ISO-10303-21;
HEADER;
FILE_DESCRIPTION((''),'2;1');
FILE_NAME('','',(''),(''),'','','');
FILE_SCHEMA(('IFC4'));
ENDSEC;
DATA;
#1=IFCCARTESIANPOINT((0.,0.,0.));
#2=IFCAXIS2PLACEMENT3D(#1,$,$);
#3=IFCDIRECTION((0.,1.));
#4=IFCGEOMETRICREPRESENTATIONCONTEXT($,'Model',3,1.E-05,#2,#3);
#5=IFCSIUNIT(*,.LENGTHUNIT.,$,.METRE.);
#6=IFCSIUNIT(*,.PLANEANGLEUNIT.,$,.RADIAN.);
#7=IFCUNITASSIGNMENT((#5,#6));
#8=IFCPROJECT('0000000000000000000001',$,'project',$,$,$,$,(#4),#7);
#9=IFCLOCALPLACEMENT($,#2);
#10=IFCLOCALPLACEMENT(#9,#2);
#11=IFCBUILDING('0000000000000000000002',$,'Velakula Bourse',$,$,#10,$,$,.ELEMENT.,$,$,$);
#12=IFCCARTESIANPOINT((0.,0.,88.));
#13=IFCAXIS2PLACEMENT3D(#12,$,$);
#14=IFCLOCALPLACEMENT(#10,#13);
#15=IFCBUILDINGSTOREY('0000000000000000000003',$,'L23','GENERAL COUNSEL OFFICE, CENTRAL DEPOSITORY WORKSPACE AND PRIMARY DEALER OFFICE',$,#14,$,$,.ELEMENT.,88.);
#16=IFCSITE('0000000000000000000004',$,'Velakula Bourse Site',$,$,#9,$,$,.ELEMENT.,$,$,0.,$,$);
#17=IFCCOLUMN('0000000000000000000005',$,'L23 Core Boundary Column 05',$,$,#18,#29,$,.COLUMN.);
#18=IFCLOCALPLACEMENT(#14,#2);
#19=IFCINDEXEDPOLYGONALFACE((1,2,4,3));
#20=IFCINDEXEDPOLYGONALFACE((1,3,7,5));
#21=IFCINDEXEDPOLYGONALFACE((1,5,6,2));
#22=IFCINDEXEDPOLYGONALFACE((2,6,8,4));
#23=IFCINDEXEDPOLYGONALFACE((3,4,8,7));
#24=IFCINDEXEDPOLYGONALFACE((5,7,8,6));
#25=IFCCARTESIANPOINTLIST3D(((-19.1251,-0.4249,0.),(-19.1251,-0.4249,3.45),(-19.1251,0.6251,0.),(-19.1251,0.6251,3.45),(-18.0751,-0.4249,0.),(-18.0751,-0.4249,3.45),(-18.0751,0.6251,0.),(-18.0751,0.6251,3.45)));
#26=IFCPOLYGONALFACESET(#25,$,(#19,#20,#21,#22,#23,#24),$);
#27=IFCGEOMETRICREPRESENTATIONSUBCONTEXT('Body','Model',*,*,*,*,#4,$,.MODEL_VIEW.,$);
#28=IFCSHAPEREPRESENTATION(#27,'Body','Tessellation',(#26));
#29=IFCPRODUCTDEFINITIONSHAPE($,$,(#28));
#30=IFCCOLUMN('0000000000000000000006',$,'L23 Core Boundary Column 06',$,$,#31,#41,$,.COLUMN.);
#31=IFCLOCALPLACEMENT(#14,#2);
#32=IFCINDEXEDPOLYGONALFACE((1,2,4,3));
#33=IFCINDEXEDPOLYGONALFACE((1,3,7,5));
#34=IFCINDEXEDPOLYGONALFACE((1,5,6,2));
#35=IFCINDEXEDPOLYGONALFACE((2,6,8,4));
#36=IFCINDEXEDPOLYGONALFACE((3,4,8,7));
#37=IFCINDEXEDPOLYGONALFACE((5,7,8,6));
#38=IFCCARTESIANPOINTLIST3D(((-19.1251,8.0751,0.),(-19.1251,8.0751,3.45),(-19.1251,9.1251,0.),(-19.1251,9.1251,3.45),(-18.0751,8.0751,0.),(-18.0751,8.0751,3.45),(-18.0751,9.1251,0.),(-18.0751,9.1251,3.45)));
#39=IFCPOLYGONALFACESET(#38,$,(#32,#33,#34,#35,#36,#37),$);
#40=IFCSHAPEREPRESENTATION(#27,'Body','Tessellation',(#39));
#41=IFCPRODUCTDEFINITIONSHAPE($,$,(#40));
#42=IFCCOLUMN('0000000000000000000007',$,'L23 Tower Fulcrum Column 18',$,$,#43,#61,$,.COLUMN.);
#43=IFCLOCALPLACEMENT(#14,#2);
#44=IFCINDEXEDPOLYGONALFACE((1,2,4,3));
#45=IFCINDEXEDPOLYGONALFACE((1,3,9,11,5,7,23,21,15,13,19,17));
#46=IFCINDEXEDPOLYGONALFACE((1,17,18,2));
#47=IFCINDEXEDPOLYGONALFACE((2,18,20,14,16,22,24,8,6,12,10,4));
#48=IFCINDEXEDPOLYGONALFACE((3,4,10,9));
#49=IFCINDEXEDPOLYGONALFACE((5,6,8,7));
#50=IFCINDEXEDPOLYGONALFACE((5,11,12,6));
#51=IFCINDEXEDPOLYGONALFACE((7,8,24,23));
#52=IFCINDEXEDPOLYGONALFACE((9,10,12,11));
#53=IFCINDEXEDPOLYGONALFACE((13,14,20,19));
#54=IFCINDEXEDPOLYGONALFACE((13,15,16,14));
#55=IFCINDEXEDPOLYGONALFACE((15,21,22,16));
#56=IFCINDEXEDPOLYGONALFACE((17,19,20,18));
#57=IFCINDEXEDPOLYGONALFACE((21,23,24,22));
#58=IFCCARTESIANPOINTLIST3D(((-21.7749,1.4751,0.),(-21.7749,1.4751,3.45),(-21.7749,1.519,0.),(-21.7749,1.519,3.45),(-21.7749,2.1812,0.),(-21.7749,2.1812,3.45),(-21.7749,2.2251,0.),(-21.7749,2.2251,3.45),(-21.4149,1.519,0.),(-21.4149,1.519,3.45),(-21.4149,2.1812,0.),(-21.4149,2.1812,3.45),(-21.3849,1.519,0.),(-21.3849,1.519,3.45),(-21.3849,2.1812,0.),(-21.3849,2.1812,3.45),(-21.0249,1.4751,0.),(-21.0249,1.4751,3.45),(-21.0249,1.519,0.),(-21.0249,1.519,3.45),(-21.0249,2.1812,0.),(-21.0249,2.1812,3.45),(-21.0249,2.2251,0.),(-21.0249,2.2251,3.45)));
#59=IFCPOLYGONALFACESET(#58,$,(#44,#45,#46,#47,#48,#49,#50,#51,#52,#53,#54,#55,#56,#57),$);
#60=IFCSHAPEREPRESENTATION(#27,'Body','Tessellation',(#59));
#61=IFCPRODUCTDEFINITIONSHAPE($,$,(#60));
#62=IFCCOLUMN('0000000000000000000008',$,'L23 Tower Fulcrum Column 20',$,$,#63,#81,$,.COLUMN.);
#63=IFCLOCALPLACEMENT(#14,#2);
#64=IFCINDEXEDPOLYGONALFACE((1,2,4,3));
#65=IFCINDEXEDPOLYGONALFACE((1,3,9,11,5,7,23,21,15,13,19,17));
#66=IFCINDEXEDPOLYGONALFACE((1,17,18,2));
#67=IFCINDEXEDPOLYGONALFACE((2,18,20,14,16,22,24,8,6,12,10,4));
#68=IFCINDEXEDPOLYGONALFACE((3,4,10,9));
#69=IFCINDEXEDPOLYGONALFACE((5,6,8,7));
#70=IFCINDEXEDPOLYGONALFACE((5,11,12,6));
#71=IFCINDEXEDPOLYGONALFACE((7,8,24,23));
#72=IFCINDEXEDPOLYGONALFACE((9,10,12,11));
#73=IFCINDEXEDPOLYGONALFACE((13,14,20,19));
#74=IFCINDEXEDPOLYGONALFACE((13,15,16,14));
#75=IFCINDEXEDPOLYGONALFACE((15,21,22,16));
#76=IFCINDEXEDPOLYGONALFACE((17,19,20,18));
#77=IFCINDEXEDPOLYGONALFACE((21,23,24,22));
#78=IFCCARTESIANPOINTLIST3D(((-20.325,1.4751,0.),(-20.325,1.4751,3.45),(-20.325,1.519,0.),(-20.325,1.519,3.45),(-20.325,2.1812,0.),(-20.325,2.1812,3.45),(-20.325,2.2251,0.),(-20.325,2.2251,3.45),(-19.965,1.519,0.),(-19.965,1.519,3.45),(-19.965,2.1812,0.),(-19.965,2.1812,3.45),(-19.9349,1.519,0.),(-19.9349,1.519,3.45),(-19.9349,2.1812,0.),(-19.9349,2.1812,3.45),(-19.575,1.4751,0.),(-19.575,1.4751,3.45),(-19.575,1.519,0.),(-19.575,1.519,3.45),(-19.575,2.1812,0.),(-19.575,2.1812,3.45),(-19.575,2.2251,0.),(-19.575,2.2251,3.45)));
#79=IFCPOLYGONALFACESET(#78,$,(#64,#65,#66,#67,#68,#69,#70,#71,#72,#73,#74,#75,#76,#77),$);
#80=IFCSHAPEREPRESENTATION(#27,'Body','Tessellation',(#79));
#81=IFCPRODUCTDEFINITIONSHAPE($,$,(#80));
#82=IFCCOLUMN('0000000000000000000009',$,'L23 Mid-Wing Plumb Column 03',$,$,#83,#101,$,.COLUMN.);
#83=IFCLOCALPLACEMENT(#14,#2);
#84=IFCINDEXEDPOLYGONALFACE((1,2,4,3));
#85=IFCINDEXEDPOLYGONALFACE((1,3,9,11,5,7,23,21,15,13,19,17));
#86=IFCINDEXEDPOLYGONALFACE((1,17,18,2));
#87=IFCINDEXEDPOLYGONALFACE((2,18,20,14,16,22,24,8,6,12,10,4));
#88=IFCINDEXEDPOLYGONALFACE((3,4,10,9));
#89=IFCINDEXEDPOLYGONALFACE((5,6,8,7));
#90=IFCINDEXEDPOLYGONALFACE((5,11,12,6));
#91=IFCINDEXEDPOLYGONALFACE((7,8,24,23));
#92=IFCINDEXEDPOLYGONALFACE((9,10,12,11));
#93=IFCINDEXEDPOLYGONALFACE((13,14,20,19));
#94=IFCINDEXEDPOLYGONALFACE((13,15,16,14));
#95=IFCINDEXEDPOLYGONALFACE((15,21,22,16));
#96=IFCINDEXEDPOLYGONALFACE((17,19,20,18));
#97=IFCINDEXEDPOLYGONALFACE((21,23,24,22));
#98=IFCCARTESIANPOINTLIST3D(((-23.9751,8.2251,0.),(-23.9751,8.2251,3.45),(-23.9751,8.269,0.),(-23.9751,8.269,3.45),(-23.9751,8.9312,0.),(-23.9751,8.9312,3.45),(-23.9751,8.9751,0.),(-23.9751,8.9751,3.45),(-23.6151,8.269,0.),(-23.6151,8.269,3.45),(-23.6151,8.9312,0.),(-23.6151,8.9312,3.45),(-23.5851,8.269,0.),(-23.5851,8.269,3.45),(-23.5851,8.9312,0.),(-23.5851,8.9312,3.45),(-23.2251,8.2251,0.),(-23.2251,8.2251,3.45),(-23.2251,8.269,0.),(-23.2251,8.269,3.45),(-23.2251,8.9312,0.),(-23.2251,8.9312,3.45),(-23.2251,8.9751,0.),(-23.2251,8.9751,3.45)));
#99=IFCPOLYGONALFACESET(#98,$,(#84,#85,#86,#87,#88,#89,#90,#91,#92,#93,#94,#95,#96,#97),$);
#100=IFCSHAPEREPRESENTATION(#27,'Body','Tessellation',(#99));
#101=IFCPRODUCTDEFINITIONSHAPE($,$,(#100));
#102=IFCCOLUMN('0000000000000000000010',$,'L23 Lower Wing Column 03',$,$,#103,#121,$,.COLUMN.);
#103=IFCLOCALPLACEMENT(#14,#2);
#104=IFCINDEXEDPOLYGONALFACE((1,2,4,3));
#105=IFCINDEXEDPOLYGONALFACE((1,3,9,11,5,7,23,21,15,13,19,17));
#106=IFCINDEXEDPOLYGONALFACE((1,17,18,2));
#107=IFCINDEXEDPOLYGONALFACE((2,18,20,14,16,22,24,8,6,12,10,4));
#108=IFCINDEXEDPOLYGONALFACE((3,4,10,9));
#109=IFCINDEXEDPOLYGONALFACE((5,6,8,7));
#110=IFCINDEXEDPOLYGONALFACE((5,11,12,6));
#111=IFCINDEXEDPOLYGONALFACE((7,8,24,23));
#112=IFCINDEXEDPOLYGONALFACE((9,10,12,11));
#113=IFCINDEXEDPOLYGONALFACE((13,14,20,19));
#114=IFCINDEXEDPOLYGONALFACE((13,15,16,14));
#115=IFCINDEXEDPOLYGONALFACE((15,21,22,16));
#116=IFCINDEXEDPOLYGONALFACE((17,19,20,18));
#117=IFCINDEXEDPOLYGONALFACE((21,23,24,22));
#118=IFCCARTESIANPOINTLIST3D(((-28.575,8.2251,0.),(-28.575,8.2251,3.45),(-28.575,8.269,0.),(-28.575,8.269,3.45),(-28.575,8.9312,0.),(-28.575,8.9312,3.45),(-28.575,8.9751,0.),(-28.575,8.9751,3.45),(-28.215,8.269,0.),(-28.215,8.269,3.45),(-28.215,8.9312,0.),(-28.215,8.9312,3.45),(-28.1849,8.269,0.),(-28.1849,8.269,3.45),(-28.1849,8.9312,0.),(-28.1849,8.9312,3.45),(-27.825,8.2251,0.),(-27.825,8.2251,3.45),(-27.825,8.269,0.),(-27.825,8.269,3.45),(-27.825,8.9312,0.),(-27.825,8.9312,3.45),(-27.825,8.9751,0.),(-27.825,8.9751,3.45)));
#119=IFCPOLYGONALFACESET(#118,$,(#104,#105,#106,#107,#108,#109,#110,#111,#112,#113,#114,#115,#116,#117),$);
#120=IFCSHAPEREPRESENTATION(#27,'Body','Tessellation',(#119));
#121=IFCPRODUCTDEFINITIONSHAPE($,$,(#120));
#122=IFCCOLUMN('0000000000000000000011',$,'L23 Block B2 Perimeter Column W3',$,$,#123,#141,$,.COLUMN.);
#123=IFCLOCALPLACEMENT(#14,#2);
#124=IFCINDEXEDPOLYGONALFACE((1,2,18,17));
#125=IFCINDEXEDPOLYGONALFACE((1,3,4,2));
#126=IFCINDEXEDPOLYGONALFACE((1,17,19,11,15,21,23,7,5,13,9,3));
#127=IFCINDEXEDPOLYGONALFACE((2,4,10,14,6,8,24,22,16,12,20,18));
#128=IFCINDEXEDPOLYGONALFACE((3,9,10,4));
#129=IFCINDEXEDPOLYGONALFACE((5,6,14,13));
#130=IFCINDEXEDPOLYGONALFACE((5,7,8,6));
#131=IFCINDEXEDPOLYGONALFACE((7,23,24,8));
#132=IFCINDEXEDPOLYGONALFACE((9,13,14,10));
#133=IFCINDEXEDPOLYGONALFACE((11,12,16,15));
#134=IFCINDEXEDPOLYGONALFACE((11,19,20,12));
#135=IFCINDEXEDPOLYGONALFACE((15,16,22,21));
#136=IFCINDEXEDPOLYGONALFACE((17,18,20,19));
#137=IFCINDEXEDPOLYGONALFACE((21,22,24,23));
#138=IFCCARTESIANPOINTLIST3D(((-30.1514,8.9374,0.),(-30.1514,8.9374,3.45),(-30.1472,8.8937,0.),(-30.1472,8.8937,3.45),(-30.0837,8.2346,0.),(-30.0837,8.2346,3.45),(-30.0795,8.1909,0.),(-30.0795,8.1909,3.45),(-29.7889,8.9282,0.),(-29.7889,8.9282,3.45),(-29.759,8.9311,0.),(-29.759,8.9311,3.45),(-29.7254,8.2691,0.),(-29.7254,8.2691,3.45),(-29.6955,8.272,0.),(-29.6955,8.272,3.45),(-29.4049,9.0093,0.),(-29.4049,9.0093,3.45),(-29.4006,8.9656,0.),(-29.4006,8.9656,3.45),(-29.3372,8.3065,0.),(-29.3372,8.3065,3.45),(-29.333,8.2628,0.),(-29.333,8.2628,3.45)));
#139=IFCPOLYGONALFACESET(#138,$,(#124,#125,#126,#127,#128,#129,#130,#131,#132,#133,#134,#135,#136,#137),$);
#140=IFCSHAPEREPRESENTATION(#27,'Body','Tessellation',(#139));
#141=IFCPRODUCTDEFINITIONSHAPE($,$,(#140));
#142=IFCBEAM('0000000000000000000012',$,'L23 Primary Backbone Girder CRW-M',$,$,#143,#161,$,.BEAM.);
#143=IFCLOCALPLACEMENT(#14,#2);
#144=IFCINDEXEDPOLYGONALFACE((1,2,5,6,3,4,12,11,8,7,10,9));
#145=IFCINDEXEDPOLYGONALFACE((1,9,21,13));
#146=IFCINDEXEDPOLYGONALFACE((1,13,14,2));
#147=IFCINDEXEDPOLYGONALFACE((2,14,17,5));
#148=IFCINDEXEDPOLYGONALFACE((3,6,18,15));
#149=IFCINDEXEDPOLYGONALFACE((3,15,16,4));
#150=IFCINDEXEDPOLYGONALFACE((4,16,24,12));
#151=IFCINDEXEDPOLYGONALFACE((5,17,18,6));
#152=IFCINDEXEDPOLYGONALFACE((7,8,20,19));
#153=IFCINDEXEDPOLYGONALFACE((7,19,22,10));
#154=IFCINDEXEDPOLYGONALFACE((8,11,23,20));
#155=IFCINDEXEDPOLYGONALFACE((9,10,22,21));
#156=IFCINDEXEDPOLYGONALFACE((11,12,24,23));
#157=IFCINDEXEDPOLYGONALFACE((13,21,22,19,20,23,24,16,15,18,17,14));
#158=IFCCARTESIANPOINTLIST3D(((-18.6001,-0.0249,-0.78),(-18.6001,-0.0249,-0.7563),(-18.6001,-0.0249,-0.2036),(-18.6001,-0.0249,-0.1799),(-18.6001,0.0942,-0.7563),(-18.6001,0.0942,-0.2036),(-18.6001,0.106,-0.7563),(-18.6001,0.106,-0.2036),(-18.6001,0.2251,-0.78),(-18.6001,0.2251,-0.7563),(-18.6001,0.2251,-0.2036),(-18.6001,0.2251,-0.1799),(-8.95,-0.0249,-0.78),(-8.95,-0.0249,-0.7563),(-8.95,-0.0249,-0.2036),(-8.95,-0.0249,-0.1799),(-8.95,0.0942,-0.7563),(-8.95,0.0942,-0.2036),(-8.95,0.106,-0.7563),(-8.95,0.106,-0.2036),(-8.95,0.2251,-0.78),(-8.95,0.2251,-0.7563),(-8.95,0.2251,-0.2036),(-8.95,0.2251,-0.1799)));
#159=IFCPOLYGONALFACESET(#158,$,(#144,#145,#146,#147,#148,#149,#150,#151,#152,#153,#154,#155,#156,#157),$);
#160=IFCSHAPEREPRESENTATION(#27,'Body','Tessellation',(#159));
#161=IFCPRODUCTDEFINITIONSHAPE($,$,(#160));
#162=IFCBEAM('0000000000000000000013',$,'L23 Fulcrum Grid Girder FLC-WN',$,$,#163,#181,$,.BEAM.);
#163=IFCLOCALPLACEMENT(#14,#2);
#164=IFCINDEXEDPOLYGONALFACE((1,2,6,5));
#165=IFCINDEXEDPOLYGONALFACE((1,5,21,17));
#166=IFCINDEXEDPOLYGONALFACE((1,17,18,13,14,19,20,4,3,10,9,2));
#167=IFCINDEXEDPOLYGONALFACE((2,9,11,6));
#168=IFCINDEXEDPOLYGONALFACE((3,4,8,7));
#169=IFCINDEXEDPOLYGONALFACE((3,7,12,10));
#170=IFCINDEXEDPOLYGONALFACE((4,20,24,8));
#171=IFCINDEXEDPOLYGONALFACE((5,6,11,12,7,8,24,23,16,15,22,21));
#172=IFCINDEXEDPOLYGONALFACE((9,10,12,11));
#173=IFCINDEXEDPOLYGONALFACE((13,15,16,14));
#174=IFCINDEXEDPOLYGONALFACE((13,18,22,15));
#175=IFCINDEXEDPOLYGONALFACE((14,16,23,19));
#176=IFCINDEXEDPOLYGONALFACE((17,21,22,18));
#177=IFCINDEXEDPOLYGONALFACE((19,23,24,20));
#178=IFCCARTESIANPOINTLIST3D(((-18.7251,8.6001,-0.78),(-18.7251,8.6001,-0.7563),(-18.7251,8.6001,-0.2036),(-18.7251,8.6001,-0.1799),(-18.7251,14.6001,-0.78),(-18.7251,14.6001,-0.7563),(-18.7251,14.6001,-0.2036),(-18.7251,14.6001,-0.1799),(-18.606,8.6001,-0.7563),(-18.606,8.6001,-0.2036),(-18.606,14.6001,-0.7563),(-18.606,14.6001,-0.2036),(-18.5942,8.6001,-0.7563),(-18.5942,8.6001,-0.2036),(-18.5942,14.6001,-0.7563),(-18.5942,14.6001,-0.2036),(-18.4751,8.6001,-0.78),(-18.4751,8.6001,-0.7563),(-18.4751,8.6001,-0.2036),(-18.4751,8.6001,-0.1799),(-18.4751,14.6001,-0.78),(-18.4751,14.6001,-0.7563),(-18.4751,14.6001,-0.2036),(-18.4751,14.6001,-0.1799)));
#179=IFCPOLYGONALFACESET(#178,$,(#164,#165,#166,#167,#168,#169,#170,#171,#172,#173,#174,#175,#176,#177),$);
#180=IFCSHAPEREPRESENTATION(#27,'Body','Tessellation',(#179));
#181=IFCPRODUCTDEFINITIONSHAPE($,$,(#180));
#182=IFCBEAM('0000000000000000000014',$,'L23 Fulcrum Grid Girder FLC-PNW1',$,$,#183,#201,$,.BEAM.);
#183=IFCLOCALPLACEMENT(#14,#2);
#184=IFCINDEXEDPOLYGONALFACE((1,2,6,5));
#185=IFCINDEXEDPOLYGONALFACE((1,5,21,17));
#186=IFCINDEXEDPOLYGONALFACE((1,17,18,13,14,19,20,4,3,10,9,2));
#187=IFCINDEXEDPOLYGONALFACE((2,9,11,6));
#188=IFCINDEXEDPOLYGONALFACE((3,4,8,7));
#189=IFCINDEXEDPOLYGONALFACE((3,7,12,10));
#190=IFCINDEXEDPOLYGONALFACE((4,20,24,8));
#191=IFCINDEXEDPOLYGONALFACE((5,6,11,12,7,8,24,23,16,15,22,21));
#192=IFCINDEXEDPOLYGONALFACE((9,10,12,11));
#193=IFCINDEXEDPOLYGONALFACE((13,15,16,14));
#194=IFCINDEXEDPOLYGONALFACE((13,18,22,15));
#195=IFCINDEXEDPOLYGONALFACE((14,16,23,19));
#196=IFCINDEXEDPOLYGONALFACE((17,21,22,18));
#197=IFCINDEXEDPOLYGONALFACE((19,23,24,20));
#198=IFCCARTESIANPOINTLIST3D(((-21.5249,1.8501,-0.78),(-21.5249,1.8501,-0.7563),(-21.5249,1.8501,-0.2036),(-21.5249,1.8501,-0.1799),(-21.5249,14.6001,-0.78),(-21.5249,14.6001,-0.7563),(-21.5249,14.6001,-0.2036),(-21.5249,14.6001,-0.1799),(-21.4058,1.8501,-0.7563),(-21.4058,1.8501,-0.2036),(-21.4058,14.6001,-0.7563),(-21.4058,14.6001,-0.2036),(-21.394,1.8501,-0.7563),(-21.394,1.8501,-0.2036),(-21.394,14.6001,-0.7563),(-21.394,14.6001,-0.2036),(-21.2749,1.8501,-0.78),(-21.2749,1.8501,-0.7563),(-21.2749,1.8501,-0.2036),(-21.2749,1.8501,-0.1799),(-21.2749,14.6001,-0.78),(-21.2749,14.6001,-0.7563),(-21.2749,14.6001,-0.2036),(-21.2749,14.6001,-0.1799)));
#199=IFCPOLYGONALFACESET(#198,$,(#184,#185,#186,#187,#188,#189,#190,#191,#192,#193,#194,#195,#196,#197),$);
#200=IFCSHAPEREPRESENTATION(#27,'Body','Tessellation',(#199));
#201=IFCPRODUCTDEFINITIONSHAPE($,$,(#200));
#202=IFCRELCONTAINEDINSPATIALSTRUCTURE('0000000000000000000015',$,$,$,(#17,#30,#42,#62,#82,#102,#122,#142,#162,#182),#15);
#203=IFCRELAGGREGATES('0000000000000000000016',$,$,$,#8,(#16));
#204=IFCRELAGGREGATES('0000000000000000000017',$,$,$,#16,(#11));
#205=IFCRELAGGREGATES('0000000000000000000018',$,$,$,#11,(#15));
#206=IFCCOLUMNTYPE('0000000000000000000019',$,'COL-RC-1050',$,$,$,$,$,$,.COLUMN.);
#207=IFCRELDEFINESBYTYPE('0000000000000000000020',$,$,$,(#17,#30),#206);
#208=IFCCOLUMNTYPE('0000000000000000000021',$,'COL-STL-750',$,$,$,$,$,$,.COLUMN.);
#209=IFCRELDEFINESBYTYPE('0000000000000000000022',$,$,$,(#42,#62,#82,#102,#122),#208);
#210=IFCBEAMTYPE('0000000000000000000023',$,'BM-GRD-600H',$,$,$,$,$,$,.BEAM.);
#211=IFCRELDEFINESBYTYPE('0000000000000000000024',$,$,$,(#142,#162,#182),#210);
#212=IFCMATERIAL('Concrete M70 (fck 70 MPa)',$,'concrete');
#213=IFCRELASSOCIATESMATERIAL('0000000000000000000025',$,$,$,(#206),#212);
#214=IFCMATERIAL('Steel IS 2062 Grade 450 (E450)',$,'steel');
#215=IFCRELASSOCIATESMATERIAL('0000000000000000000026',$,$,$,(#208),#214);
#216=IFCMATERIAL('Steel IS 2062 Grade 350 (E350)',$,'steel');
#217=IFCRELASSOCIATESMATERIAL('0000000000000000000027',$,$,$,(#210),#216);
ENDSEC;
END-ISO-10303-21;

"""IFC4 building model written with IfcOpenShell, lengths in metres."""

from ifc_helpers import new_model, si_unit, direction, frame, origin, origin_2d, place, context, subcontext, project, spatial, rectangle, i_section, extrude, material, material_profile, profile_set, type_object, element, save


model = new_model("IFC4")

# Units and contexts
model_context = context("Model", 3, precision=1e-05, world=origin(), true_north=direction((0.0, 1.0)))
body_context = subcontext(model_context, "Body", "Model", "MODEL_VIEW")
ifc_project = project(units=[si_unit("LENGTHUNIT", "METRE"), si_unit("PLANEANGLEUNIT", "RADIAN")], contexts=[model_context])

# Site, building, storey
site_placement = place(None, origin())
site = spatial("IfcSite", under=ifc_project, at=site_placement, Name="Velakula Bourse Site", CompositionType="ELEMENT", RefElevation=0.0)
building_placement = place(site_placement, origin())
building = spatial("IfcBuilding", under=site, at=building_placement, Name="Velakula Bourse", CompositionType="ELEMENT")
storey_placement = place(building_placement, frame((0.0, 0.0, 88.0)))
storey = spatial("IfcBuildingStorey", under=building, at=storey_placement, Name="L23", Description="GENERAL COUNSEL OFFICE, CENTRAL DEPOSITORY WORKSPACE AND PRIMARY DEALER OFFICE", CompositionType="ELEMENT", Elevation=88.0)

# Columns
ifc_material_1 = material(Name="Concrete M70 (fck 70 MPa)", Category="concrete")
ifc_material_profile_1 = material_profile(ifc_material_1, rectangle(XDim=1.05, YDim=1.05, at=origin_2d()), Name="Concrete M70 (fck 70 MPa)")
ifc_profile_set_1 = profile_set([ifc_material_profile_1], Name="Concrete M70 (fck 70 MPa)")
column_type_1 = type_object("IfcColumnType", Name="COL-RC-1050", PredefinedType="COLUMN", material=ifc_profile_set_1)
for number, where, z_axis, x_axis, name in (
    (1, (-18.6001, 0.1001, 0.0), (0.0, 0.0, 1.0), (1.0, 0.0, 0.0), "L23 Core Boundary Column 05"),
    (2, (-18.6001, 8.6001, 0.0), (0.0, 0.0, 1.0), (1.0, 0.0, 0.0), "L23 Core Boundary Column 06"),
):
    element("IfcColumn", number, at=place(storey_placement, frame(where, z_axis=z_axis, x_axis=x_axis)), inside=storey, type_object=column_type_1, Name=name, PredefinedType="COLUMN", context=body_context, shape_type="SweptSolid", body=[
        extrude(rectangle(XDim=1.05, YDim=1.05, at=origin_2d()), origin(), (0.0, 0.0, 1.0), 3.45),
    ])
ifc_material_2 = material(Name="Steel IS 2062 Grade 450 (E450)", Category="steel")
ifc_material_profile_2 = material_profile(ifc_material_2, i_section(OverallWidth=0.75, OverallDepth=0.75, WebThickness=0.03, FlangeThickness=0.0439, at=origin_2d()), Name="Steel IS 2062 Grade 450 (E450)")
ifc_profile_set_2 = profile_set([ifc_material_profile_2], Name="Steel IS 2062 Grade 450 (E450)")
column_type_2 = type_object("IfcColumnType", Name="COL-STL-750", PredefinedType="COLUMN", material=ifc_profile_set_2)
for number, where, z_axis, x_axis, name in (
    (3, (-21.3999, 1.8501, 0.0), (0.0, 0.0, 1.0), (1.0, 0.0, 0.0), "L23 Tower Fulcrum Column 18"),
    (4, (-19.95, 1.8501, 0.0), (0.0, 0.0, 1.0), (1.0, 0.0, 0.0), "L23 Tower Fulcrum Column 20"),
    (5, (-23.6001, 8.6001, 0.0), (0.0, 0.0, 1.0), (1.0, 0.0, 0.0), "L23 Mid-Wing Plumb Column 03"),
    (6, (-28.2, 8.6001, 0.0), (0.0, 0.0, 1.0), (1.0, 0.0, 0.0), "L23 Lower Wing Column 03"),
    (7, (-29.7422, 8.6001, 0.0), (0.0, 0.0, 1.0), (0.995396, 0.095846, 0.0), "L23 Block B2 Perimeter Column W3"),
):
    element("IfcColumn", number, at=place(storey_placement, frame(where, z_axis=z_axis, x_axis=x_axis)), inside=storey, type_object=column_type_2, Name=name, PredefinedType="COLUMN", context=body_context, shape_type="SweptSolid", body=[
        extrude(i_section(OverallWidth=0.75, OverallDepth=0.75, WebThickness=0.03, FlangeThickness=0.0439, at=origin_2d()), origin(), (0.0, 0.0, 1.0), 3.45),
    ])

# Beams
ifc_material_3 = material(Name="Steel IS 2062 Grade 350 (E350)", Category="steel")
ifc_material_profile_3 = material_profile(ifc_material_3, i_section(OverallWidth=0.25, OverallDepth=0.6001, WebThickness=0.0117, FlangeThickness=0.0237, at=origin_2d()), Name="Steel IS 2062 Grade 350 (E350)")
ifc_profile_set_3 = profile_set([ifc_material_profile_3], Name="Steel IS 2062 Grade 350 (E350)")
beam_type_1 = type_object("IfcBeamType", Name="BM-GRD-600H", PredefinedType="BEAM", material=ifc_profile_set_3)
beam_1_placement = place(storey_placement, frame((-18.6001, 0.1001, -0.48), z_axis=(1.0, 0.0, 0.0), x_axis=(0.0, 1.0, 0.0)))
element("IfcBeam", 8, at=beam_1_placement, inside=storey, type_object=beam_type_1, Name="L23 Primary Backbone Girder CRW-M", PredefinedType="BEAM", context=body_context, shape_type="SweptSolid", body=[
    extrude(i_section(OverallWidth=0.25, OverallDepth=0.6001, WebThickness=0.0117, FlangeThickness=0.0237, at=origin_2d()), origin(), (0.0, 0.0, 1.0), 9.6501),
])
beam_2_placement = place(storey_placement, frame((-18.6001, 8.6001, -0.48), z_axis=(0.0, 1.0, 0.0), x_axis=(-1.0, 0.0, 0.0)))
element("IfcBeam", 9, at=beam_2_placement, inside=storey, type_object=beam_type_1, Name="L23 Fulcrum Grid Girder FLC-WN", PredefinedType="BEAM", context=body_context, shape_type="SweptSolid", body=[
    extrude(i_section(OverallWidth=0.25, OverallDepth=0.6001, WebThickness=0.0117, FlangeThickness=0.0237, at=origin_2d()), origin(), (0.0, 0.0, 1.0), 6.0),
])
for number, where, z_axis, x_axis, name in (
    (10, (-21.3999, 1.8501, -0.48), (0.0, 1.0, 0.0), (-1.0, 0.0, 0.0), "L23 Fulcrum Grid Girder FLC-PNW1"),
):
    element("IfcBeam", number, at=place(storey_placement, frame(where, z_axis=z_axis, x_axis=x_axis)), inside=storey, type_object=beam_type_1, Name=name, PredefinedType="BEAM", context=body_context, shape_type="SweptSolid", body=[
        extrude(i_section(OverallWidth=0.25, OverallDepth=0.6001, WebThickness=0.0117, FlangeThickness=0.0237, at=origin_2d()), origin(), (0.0, 0.0, 1.0), 12.75),
    ])

save(model, "model.ifc")
